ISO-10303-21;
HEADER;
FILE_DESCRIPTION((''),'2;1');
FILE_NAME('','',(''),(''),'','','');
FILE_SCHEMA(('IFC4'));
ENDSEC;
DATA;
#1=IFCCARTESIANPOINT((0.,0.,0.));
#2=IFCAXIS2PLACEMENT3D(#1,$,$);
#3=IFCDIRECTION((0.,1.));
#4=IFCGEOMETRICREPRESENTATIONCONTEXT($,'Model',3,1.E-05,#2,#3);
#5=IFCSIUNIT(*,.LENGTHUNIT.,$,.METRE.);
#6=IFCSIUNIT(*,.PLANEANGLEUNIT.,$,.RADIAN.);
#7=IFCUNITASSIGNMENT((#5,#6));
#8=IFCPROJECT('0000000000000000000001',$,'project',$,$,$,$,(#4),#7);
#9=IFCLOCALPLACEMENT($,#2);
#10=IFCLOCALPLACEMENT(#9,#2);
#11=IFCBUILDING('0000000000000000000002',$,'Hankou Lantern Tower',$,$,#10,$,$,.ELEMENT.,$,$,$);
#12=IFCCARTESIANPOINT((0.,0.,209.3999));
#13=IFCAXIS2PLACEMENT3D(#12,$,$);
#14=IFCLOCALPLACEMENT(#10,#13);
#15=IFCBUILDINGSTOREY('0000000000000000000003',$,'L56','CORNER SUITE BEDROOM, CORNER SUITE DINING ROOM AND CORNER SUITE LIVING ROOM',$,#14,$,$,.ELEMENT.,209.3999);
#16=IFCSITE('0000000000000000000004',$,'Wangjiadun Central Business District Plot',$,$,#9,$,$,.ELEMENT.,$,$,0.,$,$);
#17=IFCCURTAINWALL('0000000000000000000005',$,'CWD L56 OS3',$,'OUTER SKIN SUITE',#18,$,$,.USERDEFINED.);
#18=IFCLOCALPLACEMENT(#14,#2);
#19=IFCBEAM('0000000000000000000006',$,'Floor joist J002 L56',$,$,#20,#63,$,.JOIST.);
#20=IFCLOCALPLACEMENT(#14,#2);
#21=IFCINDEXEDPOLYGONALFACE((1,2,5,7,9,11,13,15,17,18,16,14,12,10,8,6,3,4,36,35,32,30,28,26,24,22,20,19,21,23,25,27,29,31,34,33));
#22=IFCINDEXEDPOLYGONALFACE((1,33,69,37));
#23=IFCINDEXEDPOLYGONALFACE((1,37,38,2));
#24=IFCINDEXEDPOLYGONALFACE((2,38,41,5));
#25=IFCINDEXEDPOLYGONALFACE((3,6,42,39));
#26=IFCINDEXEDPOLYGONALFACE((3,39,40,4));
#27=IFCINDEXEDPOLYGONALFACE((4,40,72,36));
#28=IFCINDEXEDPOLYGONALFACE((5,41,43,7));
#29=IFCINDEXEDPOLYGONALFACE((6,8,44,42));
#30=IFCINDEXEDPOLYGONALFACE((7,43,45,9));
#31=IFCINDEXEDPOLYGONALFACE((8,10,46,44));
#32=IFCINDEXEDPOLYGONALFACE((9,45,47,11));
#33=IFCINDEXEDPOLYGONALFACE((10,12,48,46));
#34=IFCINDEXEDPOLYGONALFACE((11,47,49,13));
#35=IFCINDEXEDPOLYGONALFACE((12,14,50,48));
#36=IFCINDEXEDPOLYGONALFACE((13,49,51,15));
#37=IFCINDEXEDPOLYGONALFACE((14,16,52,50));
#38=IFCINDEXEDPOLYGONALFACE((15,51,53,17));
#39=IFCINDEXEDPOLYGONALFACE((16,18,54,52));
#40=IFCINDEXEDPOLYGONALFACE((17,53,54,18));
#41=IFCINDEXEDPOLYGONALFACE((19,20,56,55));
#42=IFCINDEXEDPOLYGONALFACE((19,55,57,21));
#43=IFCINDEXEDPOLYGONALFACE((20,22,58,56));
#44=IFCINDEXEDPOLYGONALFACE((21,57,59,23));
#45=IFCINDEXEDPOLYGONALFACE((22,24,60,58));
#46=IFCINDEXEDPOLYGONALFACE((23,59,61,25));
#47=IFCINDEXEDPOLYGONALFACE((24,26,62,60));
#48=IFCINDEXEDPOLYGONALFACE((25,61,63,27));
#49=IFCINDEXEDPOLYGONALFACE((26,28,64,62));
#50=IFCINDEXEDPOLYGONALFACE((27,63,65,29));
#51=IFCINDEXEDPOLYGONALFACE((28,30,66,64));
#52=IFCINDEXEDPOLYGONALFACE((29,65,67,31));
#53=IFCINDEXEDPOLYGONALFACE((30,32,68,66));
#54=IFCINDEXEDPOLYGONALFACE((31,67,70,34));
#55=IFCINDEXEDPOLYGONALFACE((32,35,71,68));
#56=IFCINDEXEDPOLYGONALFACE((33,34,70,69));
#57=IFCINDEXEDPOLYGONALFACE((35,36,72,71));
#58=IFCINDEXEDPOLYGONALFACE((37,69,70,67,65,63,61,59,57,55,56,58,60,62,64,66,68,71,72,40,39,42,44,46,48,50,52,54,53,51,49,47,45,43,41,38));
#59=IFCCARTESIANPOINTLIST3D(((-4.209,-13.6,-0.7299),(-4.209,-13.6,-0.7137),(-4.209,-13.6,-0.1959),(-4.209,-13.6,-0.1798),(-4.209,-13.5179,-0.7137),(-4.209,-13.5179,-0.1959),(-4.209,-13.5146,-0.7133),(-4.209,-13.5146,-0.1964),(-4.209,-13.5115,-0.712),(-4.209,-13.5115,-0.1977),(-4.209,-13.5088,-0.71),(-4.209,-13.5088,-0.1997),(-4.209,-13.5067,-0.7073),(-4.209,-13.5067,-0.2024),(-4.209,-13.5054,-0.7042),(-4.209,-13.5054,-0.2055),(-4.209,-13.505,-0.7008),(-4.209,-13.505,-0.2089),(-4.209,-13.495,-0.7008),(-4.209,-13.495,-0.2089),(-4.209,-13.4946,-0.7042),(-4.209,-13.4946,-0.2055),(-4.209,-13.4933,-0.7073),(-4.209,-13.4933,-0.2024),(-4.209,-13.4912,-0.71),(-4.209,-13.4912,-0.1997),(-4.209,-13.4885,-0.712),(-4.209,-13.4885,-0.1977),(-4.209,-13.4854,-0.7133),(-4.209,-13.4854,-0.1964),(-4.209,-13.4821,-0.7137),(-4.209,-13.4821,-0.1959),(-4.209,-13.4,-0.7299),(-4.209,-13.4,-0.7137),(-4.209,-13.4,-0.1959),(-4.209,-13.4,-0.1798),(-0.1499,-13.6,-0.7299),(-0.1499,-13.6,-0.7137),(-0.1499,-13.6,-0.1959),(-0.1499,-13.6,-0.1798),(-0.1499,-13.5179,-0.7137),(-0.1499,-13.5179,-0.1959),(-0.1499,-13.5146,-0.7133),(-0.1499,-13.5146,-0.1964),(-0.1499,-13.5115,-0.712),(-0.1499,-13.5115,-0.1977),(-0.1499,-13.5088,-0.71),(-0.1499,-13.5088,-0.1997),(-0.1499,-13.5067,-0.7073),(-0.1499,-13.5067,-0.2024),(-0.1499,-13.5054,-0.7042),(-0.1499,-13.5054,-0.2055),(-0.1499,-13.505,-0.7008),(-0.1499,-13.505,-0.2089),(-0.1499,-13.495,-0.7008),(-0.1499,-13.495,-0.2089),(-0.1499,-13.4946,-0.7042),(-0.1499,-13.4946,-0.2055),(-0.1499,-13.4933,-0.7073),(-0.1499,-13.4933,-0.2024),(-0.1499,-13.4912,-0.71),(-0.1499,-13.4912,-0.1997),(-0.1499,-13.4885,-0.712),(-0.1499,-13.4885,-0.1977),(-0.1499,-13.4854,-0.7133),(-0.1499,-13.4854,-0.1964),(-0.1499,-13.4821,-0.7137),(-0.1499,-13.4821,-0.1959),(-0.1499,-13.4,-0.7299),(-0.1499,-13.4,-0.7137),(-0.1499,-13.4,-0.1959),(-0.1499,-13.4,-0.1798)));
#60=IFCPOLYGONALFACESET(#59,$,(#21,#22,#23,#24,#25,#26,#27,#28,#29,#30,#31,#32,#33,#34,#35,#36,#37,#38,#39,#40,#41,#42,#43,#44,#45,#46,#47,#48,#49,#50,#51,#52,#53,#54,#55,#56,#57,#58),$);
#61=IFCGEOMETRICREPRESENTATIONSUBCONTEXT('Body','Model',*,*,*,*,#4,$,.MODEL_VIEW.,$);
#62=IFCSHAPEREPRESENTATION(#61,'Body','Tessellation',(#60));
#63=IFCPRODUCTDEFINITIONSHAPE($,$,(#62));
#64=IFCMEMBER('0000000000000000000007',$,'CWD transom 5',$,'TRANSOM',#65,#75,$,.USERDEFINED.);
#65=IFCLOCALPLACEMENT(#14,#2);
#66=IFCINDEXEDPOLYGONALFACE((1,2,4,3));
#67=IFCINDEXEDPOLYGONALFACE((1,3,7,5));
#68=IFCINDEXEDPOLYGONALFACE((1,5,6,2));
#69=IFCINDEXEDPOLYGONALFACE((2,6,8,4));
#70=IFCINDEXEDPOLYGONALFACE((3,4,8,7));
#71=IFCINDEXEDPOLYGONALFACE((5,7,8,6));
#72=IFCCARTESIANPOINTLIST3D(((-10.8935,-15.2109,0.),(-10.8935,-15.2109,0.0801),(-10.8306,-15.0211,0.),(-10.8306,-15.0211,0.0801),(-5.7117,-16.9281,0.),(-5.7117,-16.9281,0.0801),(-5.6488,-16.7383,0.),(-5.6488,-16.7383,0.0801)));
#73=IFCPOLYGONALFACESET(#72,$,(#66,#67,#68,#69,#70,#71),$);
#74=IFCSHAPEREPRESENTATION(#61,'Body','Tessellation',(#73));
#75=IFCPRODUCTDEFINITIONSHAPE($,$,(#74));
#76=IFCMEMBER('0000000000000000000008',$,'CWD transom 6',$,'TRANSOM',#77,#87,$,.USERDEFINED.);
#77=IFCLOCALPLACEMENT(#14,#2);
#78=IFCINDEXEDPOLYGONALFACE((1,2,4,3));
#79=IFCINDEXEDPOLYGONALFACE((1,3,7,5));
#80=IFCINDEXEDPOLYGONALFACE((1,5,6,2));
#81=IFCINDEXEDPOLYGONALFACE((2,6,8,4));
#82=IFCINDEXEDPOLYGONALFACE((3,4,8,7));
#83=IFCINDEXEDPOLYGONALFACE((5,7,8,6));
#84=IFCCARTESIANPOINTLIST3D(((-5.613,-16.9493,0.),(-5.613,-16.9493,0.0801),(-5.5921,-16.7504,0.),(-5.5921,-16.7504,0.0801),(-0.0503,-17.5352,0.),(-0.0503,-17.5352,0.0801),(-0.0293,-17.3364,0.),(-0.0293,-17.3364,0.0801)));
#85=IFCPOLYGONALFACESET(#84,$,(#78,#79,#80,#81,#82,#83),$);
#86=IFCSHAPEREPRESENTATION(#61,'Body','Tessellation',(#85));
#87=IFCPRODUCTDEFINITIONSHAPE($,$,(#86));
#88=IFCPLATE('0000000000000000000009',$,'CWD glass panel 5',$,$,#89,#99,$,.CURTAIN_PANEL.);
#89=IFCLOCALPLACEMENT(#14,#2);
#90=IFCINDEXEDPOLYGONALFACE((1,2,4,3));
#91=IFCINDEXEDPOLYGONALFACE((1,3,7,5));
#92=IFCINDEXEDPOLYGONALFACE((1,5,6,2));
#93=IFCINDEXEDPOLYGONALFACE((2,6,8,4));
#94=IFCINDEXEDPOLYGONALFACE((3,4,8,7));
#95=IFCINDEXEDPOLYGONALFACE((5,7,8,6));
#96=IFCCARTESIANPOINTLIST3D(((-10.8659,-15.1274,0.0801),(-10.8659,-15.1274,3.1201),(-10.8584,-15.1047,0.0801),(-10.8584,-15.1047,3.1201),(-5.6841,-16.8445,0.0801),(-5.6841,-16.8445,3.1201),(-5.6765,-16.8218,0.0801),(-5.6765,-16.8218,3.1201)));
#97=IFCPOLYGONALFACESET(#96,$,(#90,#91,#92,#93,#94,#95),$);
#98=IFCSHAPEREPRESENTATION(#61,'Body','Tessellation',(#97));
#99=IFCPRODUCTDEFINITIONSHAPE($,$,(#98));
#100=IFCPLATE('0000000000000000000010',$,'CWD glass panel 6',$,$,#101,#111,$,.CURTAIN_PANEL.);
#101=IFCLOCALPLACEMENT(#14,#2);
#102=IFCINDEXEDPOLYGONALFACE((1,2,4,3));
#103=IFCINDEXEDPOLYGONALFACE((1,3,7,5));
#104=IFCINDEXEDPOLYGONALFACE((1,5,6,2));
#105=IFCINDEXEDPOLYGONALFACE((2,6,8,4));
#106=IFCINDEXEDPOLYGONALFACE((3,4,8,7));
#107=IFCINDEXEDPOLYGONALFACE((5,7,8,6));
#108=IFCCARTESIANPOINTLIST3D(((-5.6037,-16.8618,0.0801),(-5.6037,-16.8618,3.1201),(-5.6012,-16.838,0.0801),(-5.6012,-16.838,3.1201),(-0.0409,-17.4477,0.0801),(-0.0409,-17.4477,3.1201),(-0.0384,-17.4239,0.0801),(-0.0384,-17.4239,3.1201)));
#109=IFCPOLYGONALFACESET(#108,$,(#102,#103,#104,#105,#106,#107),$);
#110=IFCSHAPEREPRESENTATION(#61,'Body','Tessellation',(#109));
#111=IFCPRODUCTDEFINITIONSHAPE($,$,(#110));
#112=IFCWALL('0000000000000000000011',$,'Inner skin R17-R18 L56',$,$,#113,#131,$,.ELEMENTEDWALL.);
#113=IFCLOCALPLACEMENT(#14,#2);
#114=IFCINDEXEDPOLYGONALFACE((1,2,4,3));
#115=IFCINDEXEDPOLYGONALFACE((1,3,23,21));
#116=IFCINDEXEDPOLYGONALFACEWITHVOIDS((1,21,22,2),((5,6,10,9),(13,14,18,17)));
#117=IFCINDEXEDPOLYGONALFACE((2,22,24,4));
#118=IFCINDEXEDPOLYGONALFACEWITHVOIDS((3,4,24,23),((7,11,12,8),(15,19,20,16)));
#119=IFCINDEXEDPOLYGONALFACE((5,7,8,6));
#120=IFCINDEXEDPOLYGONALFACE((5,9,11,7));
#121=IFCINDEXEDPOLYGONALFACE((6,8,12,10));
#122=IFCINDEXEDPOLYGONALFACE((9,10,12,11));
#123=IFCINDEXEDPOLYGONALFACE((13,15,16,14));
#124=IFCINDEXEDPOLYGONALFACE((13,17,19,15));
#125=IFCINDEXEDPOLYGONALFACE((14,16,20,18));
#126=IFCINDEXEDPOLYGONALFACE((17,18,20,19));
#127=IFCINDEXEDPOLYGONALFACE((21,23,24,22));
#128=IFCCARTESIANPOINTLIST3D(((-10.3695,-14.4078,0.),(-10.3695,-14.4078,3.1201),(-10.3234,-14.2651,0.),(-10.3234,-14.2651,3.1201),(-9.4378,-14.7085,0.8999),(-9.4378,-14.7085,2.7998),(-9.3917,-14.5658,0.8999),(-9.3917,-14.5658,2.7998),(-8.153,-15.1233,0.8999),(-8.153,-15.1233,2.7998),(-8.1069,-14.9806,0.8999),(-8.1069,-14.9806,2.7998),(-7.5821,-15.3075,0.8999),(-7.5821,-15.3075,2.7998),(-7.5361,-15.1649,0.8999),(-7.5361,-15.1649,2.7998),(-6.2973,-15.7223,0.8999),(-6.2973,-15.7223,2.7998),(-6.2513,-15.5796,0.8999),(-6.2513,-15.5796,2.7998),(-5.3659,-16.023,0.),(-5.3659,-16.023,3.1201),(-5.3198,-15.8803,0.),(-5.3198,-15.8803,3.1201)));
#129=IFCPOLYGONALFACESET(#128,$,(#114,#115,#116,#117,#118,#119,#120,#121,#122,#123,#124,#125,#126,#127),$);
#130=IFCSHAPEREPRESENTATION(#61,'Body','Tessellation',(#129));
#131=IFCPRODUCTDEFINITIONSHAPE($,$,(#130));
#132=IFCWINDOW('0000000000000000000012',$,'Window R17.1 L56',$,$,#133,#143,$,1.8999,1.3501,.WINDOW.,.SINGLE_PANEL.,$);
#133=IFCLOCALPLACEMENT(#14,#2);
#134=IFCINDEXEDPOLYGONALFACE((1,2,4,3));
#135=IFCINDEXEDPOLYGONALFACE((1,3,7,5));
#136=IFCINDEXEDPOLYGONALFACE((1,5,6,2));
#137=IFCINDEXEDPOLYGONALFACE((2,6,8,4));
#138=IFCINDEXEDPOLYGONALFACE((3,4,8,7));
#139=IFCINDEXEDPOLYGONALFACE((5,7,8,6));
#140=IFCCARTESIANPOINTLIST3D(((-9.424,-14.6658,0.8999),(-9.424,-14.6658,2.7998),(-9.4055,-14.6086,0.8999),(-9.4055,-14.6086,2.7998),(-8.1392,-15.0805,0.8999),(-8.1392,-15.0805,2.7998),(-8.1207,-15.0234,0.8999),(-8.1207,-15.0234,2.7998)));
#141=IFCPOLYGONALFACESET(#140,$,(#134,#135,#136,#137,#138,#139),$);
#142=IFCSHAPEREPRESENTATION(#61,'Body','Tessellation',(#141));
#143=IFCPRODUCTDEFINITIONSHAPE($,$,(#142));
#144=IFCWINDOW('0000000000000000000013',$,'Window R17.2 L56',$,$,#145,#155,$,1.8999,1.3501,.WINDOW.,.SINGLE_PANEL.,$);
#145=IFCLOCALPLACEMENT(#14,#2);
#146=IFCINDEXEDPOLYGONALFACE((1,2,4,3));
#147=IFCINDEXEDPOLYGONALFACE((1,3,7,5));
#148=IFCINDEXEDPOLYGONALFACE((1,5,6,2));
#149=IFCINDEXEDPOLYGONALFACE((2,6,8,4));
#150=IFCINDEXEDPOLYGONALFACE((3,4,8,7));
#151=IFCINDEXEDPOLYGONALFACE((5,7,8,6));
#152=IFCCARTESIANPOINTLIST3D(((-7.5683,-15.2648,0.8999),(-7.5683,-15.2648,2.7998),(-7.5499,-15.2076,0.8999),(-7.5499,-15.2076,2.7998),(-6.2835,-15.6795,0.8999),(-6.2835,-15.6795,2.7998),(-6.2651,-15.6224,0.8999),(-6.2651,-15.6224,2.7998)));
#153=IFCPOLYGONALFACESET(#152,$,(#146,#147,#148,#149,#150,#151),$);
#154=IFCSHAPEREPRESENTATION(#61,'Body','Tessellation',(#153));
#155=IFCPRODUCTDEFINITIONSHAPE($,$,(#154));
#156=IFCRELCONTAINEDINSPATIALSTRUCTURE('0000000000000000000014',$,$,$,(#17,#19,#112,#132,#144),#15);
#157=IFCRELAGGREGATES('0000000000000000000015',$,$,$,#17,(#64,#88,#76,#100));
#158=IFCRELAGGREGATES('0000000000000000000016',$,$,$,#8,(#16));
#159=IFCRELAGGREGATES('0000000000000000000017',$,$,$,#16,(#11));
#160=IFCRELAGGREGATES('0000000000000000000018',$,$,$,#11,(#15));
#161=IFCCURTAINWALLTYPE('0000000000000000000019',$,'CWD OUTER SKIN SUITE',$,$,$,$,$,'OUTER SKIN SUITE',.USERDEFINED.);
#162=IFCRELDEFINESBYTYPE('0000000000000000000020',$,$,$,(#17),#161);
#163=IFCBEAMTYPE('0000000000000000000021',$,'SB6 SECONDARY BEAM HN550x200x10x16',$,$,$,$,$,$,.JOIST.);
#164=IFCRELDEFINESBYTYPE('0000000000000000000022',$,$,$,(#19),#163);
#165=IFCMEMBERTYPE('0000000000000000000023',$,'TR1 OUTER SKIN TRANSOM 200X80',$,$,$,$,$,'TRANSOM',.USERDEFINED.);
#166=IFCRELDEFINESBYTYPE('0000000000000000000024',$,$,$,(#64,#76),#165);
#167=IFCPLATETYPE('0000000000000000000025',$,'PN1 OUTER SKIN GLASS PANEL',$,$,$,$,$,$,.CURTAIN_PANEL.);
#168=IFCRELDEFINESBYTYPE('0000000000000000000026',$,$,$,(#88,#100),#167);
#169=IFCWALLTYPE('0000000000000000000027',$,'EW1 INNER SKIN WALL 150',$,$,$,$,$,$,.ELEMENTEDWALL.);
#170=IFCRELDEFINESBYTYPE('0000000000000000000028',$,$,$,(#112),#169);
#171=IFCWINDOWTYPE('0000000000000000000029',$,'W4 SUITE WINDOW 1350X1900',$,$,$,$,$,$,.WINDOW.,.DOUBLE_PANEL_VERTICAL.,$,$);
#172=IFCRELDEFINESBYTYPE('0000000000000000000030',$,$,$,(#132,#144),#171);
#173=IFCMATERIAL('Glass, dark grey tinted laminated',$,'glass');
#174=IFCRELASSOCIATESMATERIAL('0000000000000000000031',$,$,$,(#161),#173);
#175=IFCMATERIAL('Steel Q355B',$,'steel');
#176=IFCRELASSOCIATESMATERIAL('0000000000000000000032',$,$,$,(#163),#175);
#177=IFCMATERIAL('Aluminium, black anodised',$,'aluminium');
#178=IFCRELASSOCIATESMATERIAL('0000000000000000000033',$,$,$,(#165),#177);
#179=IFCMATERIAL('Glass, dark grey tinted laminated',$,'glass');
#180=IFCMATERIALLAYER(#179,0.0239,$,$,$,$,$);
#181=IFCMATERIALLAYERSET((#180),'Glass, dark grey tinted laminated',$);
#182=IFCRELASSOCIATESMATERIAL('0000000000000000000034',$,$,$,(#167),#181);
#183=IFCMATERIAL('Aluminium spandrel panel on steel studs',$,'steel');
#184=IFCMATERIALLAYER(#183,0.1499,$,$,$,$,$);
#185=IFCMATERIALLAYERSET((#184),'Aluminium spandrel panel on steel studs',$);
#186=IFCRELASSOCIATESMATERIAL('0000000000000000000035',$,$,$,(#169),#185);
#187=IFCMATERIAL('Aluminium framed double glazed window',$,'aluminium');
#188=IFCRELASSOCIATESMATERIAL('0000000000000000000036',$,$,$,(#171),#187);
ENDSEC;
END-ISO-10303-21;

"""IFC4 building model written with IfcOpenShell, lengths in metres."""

from ifc_helpers import new_model, si_unit, direction, frame, frame_2d, origin, origin_2d, place, context, subcontext, project, spatial, rectangle, i_section, extrude, material, layer, layer_set, material_profile, profile_set, type_object, element, fill, aggregate, save


model = new_model("IFC4")

# Units and contexts
model_context = context("Model", 3, precision=1e-05, world=origin(), true_north=direction((0.0, 1.0)))
body_context = subcontext(model_context, "Body", "Model", "MODEL_VIEW")
ifc_project = project(units=[si_unit("LENGTHUNIT", "METRE"), si_unit("PLANEANGLEUNIT", "RADIAN")], contexts=[model_context])

# Site, building, storey
site_placement = place(None, origin())
site = spatial("IfcSite", under=ifc_project, at=site_placement, Name="Wangjiadun Central Business District Plot", CompositionType="ELEMENT", RefElevation=0.0)
building_placement = place(site_placement, origin())
building = spatial("IfcBuilding", under=site, at=building_placement, Name="Hankou Lantern Tower", CompositionType="ELEMENT")
storey_placement = place(building_placement, frame((0.0, 0.0, 209.3999)))
storey = spatial("IfcBuildingStorey", under=building, at=storey_placement, Name="L56", Description="CORNER SUITE BEDROOM, CORNER SUITE DINING ROOM AND CORNER SUITE LIVING ROOM", CompositionType="ELEMENT", Elevation=209.3999)

# Curtain wall
ifc_material_1 = material(Name="Glass, dark grey tinted laminated", Category="glass")
curtain_wall_type = type_object("IfcCurtainWallType", Name="CWD OUTER SKIN SUITE", ElementType="OUTER SKIN SUITE", PredefinedType="USERDEFINED", material=ifc_material_1)
curtain_wall_placement = place(storey_placement, origin())
curtain_wall = element("IfcCurtainWall", 1, at=curtain_wall_placement, inside=storey, type_object=curtain_wall_type, Name="CWD L56 OS3", ObjectType="OUTER SKIN SUITE", PredefinedType="USERDEFINED")

# Beam
ifc_material_2 = material(Name="Steel Q355B", Category="steel")
ifc_material_profile_1 = material_profile(ifc_material_2, i_section(OverallWidth=0.2, OverallDepth=0.55, WebThickness=0.01, FlangeThickness=0.0161, FilletRadius=0.0129, at=origin_2d()), Name="HN550x200x10x16")
ifc_profile_set_1 = profile_set([ifc_material_profile_1], Name="Steel Q355B")
beam_type_1 = type_object("IfcBeamType", Name="SB6 SECONDARY BEAM HN550x200x10x16", PredefinedType="JOIST", material=ifc_profile_set_1)
beam_1_placement = place(storey_placement, frame((-4.209, -13.5, -0.4548), z_axis=(1.0, 0.0, 0.0), x_axis=(0.0, 1.0, 0.0)))
element("IfcBeam", 2, at=beam_1_placement, inside=storey, type_object=beam_type_1, Name="Floor joist J002 L56", PredefinedType="JOIST", context=body_context, shape_type="SweptSolid", body=[
    extrude(i_section(OverallWidth=0.2, OverallDepth=0.55, WebThickness=0.01, FlangeThickness=0.0161, FilletRadius=0.0129, at=origin_2d()), origin(), (0.0, 0.0, 1.0), 4.0591),
])

# Members
ifc_material_3 = material(Name="Aluminium, black anodised", Category="aluminium")
ifc_material_profile_2 = material_profile(ifc_material_3, rectangle(XDim=0.2, YDim=0.0801, at=origin_2d()), Name="TR1 200X80")
ifc_profile_set_2 = profile_set([ifc_material_profile_2], Name="Aluminium, black anodised")
member_type_1 = type_object("IfcMemberType", Name="TR1 OUTER SKIN TRANSOM 200X80", ElementType="TRANSOM", PredefinedType="USERDEFINED", material=ifc_profile_set_2)
member_1_placement = place(storey_placement, frame((-10.8621, -15.116, 0.04), z_axis=(0.949232, -0.314577, 0.0), x_axis=(0.314577, 0.949232, 0.0)))
member_1 = element("IfcMember", 3, at=member_1_placement, type_object=member_type_1, Name="CWD transom 5", ObjectType="TRANSOM", PredefinedType="USERDEFINED", context=body_context, shape_type="SweptSolid", body=[
    extrude(rectangle(XDim=0.2, YDim=0.0801, at=origin_2d()), origin(), (0.0, 0.0, 1.0), 5.459),
])
member_2_placement = place(storey_placement, frame((-5.6025, -16.8499, 0.04), z_axis=(0.994498, -0.104753, 0.0), x_axis=(0.104753, 0.994498, 0.0)))
member_2 = element("IfcMember", 4, at=member_2_placement, type_object=member_type_1, Name="CWD transom 6", ObjectType="TRANSOM", PredefinedType="USERDEFINED", context=body_context, shape_type="SweptSolid", body=[
    extrude(rectangle(XDim=0.2, YDim=0.0801, at=origin_2d()), origin(), (0.0, 0.0, 1.0), 5.5935),
])

# Plates
ifc_material_4 = material(Name="Glass, dark grey tinted laminated", Category="glass")
ifc_layer_1 = layer(ifc_material_4, 0.0239)
ifc_layer_set_1 = layer_set([ifc_layer_1], Name="Glass, dark grey tinted laminated")
plate_type = type_object("IfcPlateType", Name="PN1 OUTER SKIN GLASS PANEL", PredefinedType="CURTAIN_PANEL", material=ifc_layer_set_1)
plate_1_placement = place(storey_placement, frame((-8.2712, -15.9746, 0.0801), z_axis=(0.0, 0.0, 1.0), x_axis=(0.949241, -0.314551, 0.0)))
plate_1 = element("IfcPlate", 5, at=plate_1_placement, type_object=plate_type, Name="CWD glass panel 5", PredefinedType="CURTAIN_PANEL", context=body_context, shape_type="SweptSolid", body=[
    extrude(rectangle(XDim=5.459, YDim=0.0239, at=origin_2d()), origin(), (0.0, 0.0, 1.0), 3.04),
])
plate_2_placement = place(storey_placement, frame((-2.821, -17.1428, 0.0801), z_axis=(0.0, 0.0, 1.0), x_axis=(0.994499, -0.104743, 0.0)))
plate_2 = element("IfcPlate", 6, at=plate_2_placement, type_object=plate_type, Name="CWD glass panel 6", PredefinedType="CURTAIN_PANEL", context=body_context, shape_type="SweptSolid", body=[
    extrude(rectangle(XDim=5.5935, YDim=0.0239, at=origin_2d()), origin(), (0.0, 0.0, 1.0), 3.04),
])
aggregate(curtain_wall, [member_1, plate_1, member_2, plate_2])

# Wall, openings, windows
ifc_material_5 = material(Name="Aluminium spandrel panel on steel studs", Category="steel")
ifc_layer_2 = layer(ifc_material_5, 0.1499)
ifc_layer_set_2 = layer_set([ifc_layer_2], Name="Aluminium spandrel panel on steel studs")
wall_type_1 = type_object("IfcWallType", Name="EW1 INNER SKIN WALL 150", PredefinedType="ELEMENTEDWALL", material=ifc_layer_set_2)
wall_1_placement = place(storey_placement, frame((-10.3464, -14.3364, 0.0), z_axis=(0.0, 0.0, 1.0), x_axis=(0.951645, -0.307201, 0.0)))
wall_1 = element("IfcWall", 7, at=wall_1_placement, inside=storey, type_object=wall_type_1, Name="Inner skin R17-R18 L56", PredefinedType="ELEMENTEDWALL", context=body_context, shape_type="SweptSolid", body=[
    extrude(rectangle(XDim=5.2578, YDim=0.1499, at=frame_2d((2.6289, 0.0))), origin(), (0.0, 0.0, 1.0), 3.1201),
])
opening_1_placement = place(wall_1_placement, frame((0.979, 0.0, 0.8999)))
opening_1 = element("IfcOpeningElement", 8, at=opening_1_placement, cuts=wall_1, PredefinedType="OPENING", context=body_context, shape_type="SweptSolid", body=[
    extrude(rectangle(XDim=1.3501, YDim=1.8999, at=frame_2d((0.675, 0.95))), frame((0.0, 0.085, 0.0), z_axis=(0.0, -1.0, 0.0), x_axis=(1.0, 0.0, 0.0)), (0.0, 0.0, 1.0), 0.1699),
])
opening_2_placement = place(wall_1_placement, frame((2.929, 0.0, 0.8999)))
opening_2 = element("IfcOpeningElement", 9, at=opening_2_placement, cuts=wall_1, PredefinedType="OPENING", context=body_context, shape_type="SweptSolid", body=[
    extrude(rectangle(XDim=1.3501, YDim=1.8999, at=frame_2d((0.675, 0.95))), frame((0.0, 0.085, 0.0), z_axis=(0.0, -1.0, 0.0), x_axis=(1.0, 0.0, 0.0)), (0.0, 0.0, 1.0), 0.1699),
])
ifc_material_6 = material(Name="Aluminium framed double glazed window", Category="aluminium")
window_type = type_object("IfcWindowType", Name="W4 SUITE WINDOW 1350X1900", PartitioningType="DOUBLE_PANEL_VERTICAL", PredefinedType="WINDOW", material=ifc_material_6)
window_1_placement = place(opening_1_placement, origin())
window_1 = element("IfcWindow", 10, at=window_1_placement, inside=storey, type_object=window_type, Name="Window R17.1 L56", OverallHeight=1.8999, OverallWidth=1.3501, PartitioningType="SINGLE_PANEL", PredefinedType="WINDOW", context=body_context, shape_type="SweptSolid", body=[
    extrude(rectangle(XDim=1.3501, YDim=1.8999, at=frame_2d((0.675, 0.95))), frame((0.0, 0.03, 0.0), z_axis=(0.0, -1.0, 0.0), x_axis=(1.0, 0.0, 0.0)), (0.0, 0.0, 1.0), 0.0601),
])
fill(opening_1, window_1)
window_2_placement = place(opening_2_placement, origin())
window_2 = element("IfcWindow", 11, at=window_2_placement, inside=storey, type_object=window_type, Name="Window R17.2 L56", OverallHeight=1.8999, OverallWidth=1.3501, PartitioningType="SINGLE_PANEL", PredefinedType="WINDOW", context=body_context, shape_type="SweptSolid", body=[
    extrude(rectangle(XDim=1.3501, YDim=1.8999, at=frame_2d((0.675, 0.95))), frame((0.0, 0.03, 0.0), z_axis=(0.0, -1.0, 0.0), x_axis=(1.0, 0.0, 0.0)), (0.0, 0.0, 1.0), 0.0601),
])
fill(opening_2, window_2)

save(model, "model.ifc")
